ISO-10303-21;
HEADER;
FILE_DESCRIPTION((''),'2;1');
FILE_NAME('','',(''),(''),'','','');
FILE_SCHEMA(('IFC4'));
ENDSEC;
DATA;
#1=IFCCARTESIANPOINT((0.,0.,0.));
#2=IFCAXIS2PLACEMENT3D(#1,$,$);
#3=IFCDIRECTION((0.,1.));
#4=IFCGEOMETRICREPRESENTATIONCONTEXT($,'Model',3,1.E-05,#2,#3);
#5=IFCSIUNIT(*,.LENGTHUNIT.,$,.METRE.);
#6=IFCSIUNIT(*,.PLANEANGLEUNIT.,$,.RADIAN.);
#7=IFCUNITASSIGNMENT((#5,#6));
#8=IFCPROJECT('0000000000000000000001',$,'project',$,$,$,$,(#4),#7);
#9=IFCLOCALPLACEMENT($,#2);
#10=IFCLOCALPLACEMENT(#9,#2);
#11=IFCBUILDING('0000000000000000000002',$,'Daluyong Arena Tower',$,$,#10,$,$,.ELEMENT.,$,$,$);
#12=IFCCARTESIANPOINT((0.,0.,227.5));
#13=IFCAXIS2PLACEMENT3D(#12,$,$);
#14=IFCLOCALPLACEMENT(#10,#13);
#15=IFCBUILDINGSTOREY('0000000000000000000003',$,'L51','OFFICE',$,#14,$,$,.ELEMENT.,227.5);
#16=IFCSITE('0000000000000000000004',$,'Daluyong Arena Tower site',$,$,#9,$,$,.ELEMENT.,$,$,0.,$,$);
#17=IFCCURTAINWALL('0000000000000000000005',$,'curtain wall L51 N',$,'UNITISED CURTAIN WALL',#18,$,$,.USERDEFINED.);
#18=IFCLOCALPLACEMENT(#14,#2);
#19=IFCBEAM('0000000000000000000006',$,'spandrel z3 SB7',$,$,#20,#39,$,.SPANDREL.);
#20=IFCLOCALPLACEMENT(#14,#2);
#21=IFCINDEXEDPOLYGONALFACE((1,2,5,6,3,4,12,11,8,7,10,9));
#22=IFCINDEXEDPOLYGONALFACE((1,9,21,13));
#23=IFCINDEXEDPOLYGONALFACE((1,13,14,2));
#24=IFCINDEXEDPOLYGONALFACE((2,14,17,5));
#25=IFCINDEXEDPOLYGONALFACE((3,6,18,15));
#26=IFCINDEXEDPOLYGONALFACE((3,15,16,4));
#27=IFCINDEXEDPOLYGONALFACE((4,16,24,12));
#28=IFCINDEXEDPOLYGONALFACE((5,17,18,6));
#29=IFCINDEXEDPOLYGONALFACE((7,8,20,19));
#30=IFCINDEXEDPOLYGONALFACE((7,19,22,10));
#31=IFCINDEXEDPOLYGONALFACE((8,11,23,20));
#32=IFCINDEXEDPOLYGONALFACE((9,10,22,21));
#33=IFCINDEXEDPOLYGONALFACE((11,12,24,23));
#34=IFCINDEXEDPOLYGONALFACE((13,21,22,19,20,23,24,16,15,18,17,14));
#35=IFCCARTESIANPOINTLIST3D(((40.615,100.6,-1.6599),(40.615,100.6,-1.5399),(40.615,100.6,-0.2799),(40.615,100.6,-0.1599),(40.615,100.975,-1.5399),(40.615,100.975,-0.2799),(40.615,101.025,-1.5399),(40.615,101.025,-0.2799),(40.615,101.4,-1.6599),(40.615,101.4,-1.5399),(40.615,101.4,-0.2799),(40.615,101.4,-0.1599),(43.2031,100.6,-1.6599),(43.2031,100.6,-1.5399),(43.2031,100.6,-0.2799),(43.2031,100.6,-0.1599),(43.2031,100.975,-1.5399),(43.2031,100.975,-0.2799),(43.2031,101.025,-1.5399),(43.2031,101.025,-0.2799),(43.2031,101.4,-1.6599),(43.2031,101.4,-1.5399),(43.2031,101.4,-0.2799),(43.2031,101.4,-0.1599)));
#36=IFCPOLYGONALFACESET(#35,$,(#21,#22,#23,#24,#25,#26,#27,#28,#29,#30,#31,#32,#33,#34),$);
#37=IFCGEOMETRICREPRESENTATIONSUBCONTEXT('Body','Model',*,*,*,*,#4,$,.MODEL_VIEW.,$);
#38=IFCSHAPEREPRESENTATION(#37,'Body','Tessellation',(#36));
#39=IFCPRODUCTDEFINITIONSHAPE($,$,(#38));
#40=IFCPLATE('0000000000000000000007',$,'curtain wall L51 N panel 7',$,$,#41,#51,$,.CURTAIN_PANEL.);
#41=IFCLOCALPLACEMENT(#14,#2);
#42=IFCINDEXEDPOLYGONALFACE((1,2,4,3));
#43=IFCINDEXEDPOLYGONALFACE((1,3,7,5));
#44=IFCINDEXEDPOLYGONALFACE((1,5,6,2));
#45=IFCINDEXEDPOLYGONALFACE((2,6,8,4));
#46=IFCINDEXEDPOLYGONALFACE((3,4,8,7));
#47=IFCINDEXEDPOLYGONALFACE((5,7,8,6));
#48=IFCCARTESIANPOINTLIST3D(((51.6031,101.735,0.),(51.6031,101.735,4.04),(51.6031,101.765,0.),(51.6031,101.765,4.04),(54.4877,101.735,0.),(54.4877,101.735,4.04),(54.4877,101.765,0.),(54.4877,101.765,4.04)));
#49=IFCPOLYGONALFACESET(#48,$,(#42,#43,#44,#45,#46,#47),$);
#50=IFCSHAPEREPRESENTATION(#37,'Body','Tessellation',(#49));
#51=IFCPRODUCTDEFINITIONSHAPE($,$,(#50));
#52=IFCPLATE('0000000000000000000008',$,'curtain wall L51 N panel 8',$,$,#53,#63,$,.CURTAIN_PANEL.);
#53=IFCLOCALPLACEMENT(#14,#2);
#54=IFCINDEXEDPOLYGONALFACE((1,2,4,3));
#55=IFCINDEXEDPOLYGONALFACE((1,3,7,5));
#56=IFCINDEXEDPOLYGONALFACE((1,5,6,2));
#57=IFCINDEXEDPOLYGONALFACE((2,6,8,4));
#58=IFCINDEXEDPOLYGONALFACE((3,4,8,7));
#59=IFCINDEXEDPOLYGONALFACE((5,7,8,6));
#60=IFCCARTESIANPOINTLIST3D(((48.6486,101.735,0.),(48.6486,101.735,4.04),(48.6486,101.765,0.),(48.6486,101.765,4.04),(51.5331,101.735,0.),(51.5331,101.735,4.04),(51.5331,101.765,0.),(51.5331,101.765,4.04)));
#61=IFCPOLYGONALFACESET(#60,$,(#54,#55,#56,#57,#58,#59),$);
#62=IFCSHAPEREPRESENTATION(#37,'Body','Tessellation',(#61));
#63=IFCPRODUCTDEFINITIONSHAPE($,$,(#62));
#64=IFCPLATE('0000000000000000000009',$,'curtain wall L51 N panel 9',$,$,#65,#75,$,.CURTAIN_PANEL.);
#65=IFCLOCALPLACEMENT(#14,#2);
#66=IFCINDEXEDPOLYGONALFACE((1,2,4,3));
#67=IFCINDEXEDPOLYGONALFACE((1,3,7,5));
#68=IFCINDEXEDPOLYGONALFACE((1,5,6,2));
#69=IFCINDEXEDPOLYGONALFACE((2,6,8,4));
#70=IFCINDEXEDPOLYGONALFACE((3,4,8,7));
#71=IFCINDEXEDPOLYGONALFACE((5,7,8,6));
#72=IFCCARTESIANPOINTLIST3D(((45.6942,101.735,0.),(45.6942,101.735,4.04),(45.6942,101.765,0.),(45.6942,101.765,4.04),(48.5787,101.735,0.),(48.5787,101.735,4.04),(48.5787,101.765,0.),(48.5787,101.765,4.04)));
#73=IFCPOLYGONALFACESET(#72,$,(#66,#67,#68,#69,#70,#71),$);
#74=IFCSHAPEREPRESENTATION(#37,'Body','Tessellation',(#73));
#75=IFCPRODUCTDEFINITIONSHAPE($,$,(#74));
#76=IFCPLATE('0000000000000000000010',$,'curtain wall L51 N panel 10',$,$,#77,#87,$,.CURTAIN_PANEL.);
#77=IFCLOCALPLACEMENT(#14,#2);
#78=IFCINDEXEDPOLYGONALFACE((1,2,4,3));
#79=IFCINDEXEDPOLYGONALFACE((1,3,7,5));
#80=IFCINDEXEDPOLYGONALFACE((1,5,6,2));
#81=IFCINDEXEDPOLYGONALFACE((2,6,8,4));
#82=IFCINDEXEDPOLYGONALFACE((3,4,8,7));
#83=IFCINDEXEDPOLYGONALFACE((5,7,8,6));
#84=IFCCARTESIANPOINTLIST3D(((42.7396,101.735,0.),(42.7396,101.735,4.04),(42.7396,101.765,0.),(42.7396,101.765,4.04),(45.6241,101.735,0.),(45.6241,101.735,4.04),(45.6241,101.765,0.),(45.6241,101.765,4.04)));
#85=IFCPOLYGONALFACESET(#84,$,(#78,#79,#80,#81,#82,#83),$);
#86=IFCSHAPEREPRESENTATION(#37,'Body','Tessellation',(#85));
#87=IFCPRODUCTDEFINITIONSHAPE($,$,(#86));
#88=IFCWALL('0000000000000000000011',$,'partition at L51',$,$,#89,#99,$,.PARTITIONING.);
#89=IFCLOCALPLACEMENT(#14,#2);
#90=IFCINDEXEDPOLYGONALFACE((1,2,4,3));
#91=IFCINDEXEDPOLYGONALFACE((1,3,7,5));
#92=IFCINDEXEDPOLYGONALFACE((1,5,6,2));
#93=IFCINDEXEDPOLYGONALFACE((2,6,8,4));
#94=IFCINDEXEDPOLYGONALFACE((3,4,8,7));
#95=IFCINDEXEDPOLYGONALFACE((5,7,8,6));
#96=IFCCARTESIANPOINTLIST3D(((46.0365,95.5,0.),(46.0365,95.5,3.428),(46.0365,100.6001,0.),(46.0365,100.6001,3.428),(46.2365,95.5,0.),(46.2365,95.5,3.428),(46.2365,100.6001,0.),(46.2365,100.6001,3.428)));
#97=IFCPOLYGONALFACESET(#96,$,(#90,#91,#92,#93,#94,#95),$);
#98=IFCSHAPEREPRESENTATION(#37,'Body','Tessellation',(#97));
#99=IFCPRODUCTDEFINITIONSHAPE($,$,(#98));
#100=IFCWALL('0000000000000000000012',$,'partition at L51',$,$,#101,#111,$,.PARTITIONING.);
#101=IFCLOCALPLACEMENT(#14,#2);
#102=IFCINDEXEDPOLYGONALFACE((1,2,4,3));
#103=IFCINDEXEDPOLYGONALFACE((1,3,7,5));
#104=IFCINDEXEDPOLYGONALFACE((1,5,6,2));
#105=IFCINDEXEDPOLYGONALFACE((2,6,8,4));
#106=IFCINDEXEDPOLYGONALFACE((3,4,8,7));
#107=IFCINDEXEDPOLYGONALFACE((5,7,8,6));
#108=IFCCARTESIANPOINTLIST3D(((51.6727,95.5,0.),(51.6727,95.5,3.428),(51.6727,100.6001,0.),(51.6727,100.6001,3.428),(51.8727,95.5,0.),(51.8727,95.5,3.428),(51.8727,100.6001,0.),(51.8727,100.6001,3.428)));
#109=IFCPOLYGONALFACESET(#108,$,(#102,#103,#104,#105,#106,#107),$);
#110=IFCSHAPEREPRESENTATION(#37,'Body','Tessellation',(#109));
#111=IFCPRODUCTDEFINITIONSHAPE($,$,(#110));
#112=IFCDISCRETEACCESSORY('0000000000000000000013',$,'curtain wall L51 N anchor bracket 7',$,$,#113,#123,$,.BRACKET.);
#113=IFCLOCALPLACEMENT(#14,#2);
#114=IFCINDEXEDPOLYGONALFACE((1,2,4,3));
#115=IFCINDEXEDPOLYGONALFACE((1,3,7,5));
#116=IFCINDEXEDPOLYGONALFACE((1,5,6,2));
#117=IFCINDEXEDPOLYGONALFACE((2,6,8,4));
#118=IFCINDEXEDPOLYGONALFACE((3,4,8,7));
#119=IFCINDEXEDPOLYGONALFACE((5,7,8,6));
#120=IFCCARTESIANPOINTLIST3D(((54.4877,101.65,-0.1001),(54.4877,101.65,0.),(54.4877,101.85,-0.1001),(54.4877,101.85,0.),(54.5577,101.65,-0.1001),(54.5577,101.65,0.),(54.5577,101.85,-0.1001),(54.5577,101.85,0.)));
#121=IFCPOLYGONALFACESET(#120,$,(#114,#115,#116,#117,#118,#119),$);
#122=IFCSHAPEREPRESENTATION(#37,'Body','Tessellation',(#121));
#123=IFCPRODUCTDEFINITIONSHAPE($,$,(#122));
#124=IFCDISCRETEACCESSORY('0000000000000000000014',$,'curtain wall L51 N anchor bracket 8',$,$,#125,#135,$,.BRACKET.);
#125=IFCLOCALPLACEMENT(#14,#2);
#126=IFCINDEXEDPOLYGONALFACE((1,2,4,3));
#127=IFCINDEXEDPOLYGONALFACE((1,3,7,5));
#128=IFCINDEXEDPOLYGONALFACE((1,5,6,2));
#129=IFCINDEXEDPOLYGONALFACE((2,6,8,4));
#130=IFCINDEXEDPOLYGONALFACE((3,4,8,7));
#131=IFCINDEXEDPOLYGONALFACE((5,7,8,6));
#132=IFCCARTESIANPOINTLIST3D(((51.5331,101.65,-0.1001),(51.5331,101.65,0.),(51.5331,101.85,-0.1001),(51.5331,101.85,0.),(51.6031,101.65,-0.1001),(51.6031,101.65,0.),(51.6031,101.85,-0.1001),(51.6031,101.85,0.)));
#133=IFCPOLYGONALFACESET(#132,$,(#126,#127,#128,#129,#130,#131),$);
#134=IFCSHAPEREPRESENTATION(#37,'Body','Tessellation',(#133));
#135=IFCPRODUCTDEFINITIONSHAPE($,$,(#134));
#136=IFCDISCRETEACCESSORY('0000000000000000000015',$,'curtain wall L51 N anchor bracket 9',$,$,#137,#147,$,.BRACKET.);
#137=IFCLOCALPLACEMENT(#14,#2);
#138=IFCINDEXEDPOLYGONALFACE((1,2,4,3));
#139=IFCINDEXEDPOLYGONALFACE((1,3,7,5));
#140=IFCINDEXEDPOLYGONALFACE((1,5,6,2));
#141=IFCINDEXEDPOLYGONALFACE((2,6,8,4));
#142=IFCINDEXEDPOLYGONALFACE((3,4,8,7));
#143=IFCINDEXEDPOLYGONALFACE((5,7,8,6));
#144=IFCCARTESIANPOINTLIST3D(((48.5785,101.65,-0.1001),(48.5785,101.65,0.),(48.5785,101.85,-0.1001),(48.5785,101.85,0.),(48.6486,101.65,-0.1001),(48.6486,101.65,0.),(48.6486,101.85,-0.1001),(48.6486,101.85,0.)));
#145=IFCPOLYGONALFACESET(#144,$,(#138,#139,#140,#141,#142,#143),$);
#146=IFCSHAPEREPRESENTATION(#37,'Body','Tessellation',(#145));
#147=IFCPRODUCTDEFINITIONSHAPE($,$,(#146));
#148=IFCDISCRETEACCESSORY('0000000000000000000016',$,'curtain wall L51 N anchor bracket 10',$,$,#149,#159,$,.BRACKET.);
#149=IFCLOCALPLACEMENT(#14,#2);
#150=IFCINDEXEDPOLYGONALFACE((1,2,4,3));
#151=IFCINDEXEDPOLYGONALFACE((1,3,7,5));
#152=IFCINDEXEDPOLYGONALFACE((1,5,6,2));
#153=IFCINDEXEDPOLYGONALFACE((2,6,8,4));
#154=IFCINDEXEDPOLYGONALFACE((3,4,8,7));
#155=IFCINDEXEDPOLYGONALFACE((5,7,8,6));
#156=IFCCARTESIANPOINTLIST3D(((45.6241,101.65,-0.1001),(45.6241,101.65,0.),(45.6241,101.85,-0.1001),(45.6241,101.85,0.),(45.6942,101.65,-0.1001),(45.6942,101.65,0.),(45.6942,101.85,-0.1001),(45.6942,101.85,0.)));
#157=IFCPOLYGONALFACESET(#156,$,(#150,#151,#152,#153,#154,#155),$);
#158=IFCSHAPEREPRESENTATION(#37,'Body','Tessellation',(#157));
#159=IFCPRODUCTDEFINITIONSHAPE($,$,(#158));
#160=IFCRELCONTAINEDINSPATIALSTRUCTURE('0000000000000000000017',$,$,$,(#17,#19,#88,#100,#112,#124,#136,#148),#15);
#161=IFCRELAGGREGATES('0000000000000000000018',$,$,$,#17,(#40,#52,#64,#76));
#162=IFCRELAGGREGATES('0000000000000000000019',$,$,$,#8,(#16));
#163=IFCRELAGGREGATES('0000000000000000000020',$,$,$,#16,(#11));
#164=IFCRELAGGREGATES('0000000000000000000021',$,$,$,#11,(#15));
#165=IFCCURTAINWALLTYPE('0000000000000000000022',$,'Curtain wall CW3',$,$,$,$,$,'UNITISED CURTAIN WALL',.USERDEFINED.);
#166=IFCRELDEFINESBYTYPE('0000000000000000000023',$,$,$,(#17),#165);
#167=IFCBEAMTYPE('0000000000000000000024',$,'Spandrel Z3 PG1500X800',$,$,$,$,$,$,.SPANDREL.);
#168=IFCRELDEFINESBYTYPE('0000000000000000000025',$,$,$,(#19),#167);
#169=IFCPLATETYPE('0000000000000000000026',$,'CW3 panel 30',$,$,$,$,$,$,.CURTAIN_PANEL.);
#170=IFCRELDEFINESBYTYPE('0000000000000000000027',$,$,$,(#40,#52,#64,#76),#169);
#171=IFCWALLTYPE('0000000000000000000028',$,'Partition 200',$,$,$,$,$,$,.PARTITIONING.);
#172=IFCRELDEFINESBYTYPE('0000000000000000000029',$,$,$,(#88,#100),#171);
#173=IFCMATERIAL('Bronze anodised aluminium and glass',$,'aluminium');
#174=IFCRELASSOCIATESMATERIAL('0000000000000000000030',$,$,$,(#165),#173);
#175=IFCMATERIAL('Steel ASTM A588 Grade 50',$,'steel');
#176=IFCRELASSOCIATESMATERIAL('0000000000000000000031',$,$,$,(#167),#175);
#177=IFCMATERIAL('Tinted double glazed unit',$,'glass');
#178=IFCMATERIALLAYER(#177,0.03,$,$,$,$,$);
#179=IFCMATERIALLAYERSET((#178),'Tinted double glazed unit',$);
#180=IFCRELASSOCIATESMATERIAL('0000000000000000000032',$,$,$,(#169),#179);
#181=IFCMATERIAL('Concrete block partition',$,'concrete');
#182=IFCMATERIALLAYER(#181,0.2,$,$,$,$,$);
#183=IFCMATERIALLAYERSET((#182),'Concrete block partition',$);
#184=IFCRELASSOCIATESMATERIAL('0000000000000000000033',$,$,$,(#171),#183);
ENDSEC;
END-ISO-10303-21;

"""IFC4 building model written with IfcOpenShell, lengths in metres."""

from ifc_helpers import new_model, si_unit, direction, frame, frame_2d, origin, origin_2d, place, context, subcontext, project, spatial, rectangle, i_section, extrude, material, layer, layer_set, material_profile, profile_set, type_object, element, aggregate, save


model = new_model("IFC4")

# Units and contexts
model_context = context("Model", 3, precision=1e-05, world=origin(), true_north=direction((0.0, 1.0)))
body_context = subcontext(model_context, "Body", "Model", "MODEL_VIEW")
ifc_project = project(units=[si_unit("LENGTHUNIT", "METRE"), si_unit("PLANEANGLEUNIT", "RADIAN")], contexts=[model_context])

# Site, building, storey
site_placement = place(None, origin())
site = spatial("IfcSite", under=ifc_project, at=site_placement, Name="Daluyong Arena Tower site", CompositionType="ELEMENT", RefElevation=0.0)
building_placement = place(site_placement, origin())
building = spatial("IfcBuilding", under=site, at=building_placement, Name="Daluyong Arena Tower", CompositionType="ELEMENT")
storey_placement = place(building_placement, frame((0.0, 0.0, 227.5)))
storey = spatial("IfcBuildingStorey", under=building, at=storey_placement, Name="L51", Description="OFFICE", CompositionType="ELEMENT", Elevation=227.5)

# Curtain wall
ifc_material_1 = material(Name="Bronze anodised aluminium and glass", Category="aluminium")
curtain_wall_type = type_object("IfcCurtainWallType", Name="Curtain wall CW3", ElementType="UNITISED CURTAIN WALL", PredefinedType="USERDEFINED", material=ifc_material_1)
curtain_wall_placement = place(storey_placement, origin())
curtain_wall = element("IfcCurtainWall", 1, at=curtain_wall_placement, inside=storey, type_object=curtain_wall_type, Name="curtain wall L51 N", ObjectType="UNITISED CURTAIN WALL", PredefinedType="USERDEFINED")

# Beam
ifc_material_2 = material(Name="Steel ASTM A588 Grade 50", Category="steel")
ifc_material_profile_1 = material_profile(ifc_material_2, i_section(OverallWidth=0.8, OverallDepth=1.5, WebThickness=0.05, FlangeThickness=0.12, at=origin_2d()))
ifc_profile_set_1 = profile_set([ifc_material_profile_1], Name="Steel ASTM A588 Grade 50")
beam_type_1 = type_object("IfcBeamType", Name="Spandrel Z3 PG1500X800", PredefinedType="SPANDREL", material=ifc_profile_set_1)
beam_1_placement = place(storey_placement, frame((43.2031, 101.0, -0.9099), z_axis=(-1.0, 0.0, 0.0), x_axis=(0.0, -1.0, 0.0)))
element("IfcBeam", 2, at=beam_1_placement, inside=storey, type_object=beam_type_1, Name="spandrel z3 SB7", PredefinedType="SPANDREL", context=body_context, shape_type="SweptSolid", body=[
    extrude(i_section(OverallWidth=0.8, OverallDepth=1.5, WebThickness=0.05, FlangeThickness=0.12, at=origin_2d()), origin(), (0.0, 0.0, 1.0), 2.5881),
])

# Plates
ifc_material_3 = material(Name="Tinted double glazed unit", Category="glass")
ifc_layer_1 = layer(ifc_material_3, 0.03)
ifc_layer_set_1 = layer_set([ifc_layer_1], Name="Tinted double glazed unit")
plate_type = type_object("IfcPlateType", Name="CW3 panel 30", PredefinedType="CURTAIN_PANEL", material=ifc_layer_set_1)
plate_1_placement = place(storey_placement, frame((53.0454, 101.75, 0.0), z_axis=(0.0, 0.0, 1.0), x_axis=(-1.0, 0.0, 0.0)))
plate_1 = element("IfcPlate", 3, at=plate_1_placement, type_object=plate_type, Name="curtain wall L51 N panel 7", PredefinedType="CURTAIN_PANEL", context=body_context, shape_type="SweptSolid", body=[
    extrude(rectangle(XDim=2.8845, YDim=0.03, at=origin_2d()), origin(), (0.0, 0.0, 1.0), 4.04),
])
plate_2_placement = place(storey_placement, frame((50.0908, 101.75, 0.0), z_axis=(0.0, 0.0, 1.0), x_axis=(-1.0, 0.0, 0.0)))
plate_2 = element("IfcPlate", 4, at=plate_2_placement, type_object=plate_type, Name="curtain wall L51 N panel 8", PredefinedType="CURTAIN_PANEL", context=body_context, shape_type="SweptSolid", body=[
    extrude(rectangle(XDim=2.8845, YDim=0.03, at=origin_2d()), origin(), (0.0, 0.0, 1.0), 4.04),
])
plate_3_placement = place(storey_placement, frame((47.1365, 101.75, 0.0), z_axis=(0.0, 0.0, 1.0), x_axis=(-1.0, 0.0, 0.0)))
plate_3 = element("IfcPlate", 5, at=plate_3_placement, type_object=plate_type, Name="curtain wall L51 N panel 9", PredefinedType="CURTAIN_PANEL", context=body_context, shape_type="SweptSolid", body=[
    extrude(rectangle(XDim=2.8845, YDim=0.03, at=origin_2d()), origin(), (0.0, 0.0, 1.0), 4.04),
])
plate_4_placement = place(storey_placement, frame((44.1819, 101.75, 0.0), z_axis=(0.0, 0.0, 1.0), x_axis=(-1.0, 0.0, 0.0)))
plate_4 = element("IfcPlate", 6, at=plate_4_placement, type_object=plate_type, Name="curtain wall L51 N panel 10", PredefinedType="CURTAIN_PANEL", context=body_context, shape_type="SweptSolid", body=[
    extrude(rectangle(XDim=2.8845, YDim=0.03, at=origin_2d()), origin(), (0.0, 0.0, 1.0), 4.04),
])
aggregate(curtain_wall, [plate_1, plate_2, plate_3, plate_4])

# Walls
ifc_material_4 = material(Name="Concrete block partition", Category="concrete")
ifc_layer_2 = layer(ifc_material_4, 0.2)
ifc_layer_set_2 = layer_set([ifc_layer_2], Name="Concrete block partition")
wall_type = type_object("IfcWallType", Name="Partition 200", PredefinedType="PARTITIONING", material=ifc_layer_set_2)
for number, where, z_axis, x_axis, name in (
    (7, (46.1365, 95.5, 0.0), (0.0, 0.0, 1.0), (0.0, 1.0, 0.0), "partition at L51"),
    (8, (51.7727, 95.5, 0.0), (0.0, 0.0, 1.0), (0.0, 1.0, 0.0), "partition at L51"),
):
    element("IfcWall", number, at=place(storey_placement, frame(where, z_axis=z_axis, x_axis=x_axis)), inside=storey, type_object=wall_type, Name=name, PredefinedType="PARTITIONING", context=body_context, shape_type="SweptSolid", body=[
        extrude(rectangle(XDim=5.1001, YDim=0.2, at=frame_2d((2.55, 0.0))), origin(), (0.0, 0.0, 1.0), 3.428),
    ])

# Discrete accessories
for number, where, z_axis, x_axis, name in (
    (9, (54.5227, 101.75, -0.1001), (0.0, 0.0, 1.0), (-1.0, 0.0, 0.0), "curtain wall L51 N anchor bracket 7"),
    (10, (51.5681, 101.75, -0.1001), (0.0, 0.0, 1.0), (-1.0, 0.0, 0.0), "curtain wall L51 N anchor bracket 8"),
    (11, (48.6135, 101.75, -0.1001), (0.0, 0.0, 1.0), (-1.0, 0.0, 0.0), "curtain wall L51 N anchor bracket 9"),
    (12, (45.6592, 101.75, -0.1001), (0.0, 0.0, 1.0), (-1.0, 0.0, 0.0), "curtain wall L51 N anchor bracket 10"),
):
    element("IfcDiscreteAccessory", number, at=place(storey_placement, frame(where, z_axis=z_axis, x_axis=x_axis)), inside=storey, Name=name, PredefinedType="BRACKET", context=body_context, shape_type="SweptSolid", body=[
        extrude(rectangle(XDim=0.0701, YDim=0.2, at=origin_2d()), origin(), (0.0, 0.0, 1.0), 0.1001),
    ])

save(model, "model.ifc")
